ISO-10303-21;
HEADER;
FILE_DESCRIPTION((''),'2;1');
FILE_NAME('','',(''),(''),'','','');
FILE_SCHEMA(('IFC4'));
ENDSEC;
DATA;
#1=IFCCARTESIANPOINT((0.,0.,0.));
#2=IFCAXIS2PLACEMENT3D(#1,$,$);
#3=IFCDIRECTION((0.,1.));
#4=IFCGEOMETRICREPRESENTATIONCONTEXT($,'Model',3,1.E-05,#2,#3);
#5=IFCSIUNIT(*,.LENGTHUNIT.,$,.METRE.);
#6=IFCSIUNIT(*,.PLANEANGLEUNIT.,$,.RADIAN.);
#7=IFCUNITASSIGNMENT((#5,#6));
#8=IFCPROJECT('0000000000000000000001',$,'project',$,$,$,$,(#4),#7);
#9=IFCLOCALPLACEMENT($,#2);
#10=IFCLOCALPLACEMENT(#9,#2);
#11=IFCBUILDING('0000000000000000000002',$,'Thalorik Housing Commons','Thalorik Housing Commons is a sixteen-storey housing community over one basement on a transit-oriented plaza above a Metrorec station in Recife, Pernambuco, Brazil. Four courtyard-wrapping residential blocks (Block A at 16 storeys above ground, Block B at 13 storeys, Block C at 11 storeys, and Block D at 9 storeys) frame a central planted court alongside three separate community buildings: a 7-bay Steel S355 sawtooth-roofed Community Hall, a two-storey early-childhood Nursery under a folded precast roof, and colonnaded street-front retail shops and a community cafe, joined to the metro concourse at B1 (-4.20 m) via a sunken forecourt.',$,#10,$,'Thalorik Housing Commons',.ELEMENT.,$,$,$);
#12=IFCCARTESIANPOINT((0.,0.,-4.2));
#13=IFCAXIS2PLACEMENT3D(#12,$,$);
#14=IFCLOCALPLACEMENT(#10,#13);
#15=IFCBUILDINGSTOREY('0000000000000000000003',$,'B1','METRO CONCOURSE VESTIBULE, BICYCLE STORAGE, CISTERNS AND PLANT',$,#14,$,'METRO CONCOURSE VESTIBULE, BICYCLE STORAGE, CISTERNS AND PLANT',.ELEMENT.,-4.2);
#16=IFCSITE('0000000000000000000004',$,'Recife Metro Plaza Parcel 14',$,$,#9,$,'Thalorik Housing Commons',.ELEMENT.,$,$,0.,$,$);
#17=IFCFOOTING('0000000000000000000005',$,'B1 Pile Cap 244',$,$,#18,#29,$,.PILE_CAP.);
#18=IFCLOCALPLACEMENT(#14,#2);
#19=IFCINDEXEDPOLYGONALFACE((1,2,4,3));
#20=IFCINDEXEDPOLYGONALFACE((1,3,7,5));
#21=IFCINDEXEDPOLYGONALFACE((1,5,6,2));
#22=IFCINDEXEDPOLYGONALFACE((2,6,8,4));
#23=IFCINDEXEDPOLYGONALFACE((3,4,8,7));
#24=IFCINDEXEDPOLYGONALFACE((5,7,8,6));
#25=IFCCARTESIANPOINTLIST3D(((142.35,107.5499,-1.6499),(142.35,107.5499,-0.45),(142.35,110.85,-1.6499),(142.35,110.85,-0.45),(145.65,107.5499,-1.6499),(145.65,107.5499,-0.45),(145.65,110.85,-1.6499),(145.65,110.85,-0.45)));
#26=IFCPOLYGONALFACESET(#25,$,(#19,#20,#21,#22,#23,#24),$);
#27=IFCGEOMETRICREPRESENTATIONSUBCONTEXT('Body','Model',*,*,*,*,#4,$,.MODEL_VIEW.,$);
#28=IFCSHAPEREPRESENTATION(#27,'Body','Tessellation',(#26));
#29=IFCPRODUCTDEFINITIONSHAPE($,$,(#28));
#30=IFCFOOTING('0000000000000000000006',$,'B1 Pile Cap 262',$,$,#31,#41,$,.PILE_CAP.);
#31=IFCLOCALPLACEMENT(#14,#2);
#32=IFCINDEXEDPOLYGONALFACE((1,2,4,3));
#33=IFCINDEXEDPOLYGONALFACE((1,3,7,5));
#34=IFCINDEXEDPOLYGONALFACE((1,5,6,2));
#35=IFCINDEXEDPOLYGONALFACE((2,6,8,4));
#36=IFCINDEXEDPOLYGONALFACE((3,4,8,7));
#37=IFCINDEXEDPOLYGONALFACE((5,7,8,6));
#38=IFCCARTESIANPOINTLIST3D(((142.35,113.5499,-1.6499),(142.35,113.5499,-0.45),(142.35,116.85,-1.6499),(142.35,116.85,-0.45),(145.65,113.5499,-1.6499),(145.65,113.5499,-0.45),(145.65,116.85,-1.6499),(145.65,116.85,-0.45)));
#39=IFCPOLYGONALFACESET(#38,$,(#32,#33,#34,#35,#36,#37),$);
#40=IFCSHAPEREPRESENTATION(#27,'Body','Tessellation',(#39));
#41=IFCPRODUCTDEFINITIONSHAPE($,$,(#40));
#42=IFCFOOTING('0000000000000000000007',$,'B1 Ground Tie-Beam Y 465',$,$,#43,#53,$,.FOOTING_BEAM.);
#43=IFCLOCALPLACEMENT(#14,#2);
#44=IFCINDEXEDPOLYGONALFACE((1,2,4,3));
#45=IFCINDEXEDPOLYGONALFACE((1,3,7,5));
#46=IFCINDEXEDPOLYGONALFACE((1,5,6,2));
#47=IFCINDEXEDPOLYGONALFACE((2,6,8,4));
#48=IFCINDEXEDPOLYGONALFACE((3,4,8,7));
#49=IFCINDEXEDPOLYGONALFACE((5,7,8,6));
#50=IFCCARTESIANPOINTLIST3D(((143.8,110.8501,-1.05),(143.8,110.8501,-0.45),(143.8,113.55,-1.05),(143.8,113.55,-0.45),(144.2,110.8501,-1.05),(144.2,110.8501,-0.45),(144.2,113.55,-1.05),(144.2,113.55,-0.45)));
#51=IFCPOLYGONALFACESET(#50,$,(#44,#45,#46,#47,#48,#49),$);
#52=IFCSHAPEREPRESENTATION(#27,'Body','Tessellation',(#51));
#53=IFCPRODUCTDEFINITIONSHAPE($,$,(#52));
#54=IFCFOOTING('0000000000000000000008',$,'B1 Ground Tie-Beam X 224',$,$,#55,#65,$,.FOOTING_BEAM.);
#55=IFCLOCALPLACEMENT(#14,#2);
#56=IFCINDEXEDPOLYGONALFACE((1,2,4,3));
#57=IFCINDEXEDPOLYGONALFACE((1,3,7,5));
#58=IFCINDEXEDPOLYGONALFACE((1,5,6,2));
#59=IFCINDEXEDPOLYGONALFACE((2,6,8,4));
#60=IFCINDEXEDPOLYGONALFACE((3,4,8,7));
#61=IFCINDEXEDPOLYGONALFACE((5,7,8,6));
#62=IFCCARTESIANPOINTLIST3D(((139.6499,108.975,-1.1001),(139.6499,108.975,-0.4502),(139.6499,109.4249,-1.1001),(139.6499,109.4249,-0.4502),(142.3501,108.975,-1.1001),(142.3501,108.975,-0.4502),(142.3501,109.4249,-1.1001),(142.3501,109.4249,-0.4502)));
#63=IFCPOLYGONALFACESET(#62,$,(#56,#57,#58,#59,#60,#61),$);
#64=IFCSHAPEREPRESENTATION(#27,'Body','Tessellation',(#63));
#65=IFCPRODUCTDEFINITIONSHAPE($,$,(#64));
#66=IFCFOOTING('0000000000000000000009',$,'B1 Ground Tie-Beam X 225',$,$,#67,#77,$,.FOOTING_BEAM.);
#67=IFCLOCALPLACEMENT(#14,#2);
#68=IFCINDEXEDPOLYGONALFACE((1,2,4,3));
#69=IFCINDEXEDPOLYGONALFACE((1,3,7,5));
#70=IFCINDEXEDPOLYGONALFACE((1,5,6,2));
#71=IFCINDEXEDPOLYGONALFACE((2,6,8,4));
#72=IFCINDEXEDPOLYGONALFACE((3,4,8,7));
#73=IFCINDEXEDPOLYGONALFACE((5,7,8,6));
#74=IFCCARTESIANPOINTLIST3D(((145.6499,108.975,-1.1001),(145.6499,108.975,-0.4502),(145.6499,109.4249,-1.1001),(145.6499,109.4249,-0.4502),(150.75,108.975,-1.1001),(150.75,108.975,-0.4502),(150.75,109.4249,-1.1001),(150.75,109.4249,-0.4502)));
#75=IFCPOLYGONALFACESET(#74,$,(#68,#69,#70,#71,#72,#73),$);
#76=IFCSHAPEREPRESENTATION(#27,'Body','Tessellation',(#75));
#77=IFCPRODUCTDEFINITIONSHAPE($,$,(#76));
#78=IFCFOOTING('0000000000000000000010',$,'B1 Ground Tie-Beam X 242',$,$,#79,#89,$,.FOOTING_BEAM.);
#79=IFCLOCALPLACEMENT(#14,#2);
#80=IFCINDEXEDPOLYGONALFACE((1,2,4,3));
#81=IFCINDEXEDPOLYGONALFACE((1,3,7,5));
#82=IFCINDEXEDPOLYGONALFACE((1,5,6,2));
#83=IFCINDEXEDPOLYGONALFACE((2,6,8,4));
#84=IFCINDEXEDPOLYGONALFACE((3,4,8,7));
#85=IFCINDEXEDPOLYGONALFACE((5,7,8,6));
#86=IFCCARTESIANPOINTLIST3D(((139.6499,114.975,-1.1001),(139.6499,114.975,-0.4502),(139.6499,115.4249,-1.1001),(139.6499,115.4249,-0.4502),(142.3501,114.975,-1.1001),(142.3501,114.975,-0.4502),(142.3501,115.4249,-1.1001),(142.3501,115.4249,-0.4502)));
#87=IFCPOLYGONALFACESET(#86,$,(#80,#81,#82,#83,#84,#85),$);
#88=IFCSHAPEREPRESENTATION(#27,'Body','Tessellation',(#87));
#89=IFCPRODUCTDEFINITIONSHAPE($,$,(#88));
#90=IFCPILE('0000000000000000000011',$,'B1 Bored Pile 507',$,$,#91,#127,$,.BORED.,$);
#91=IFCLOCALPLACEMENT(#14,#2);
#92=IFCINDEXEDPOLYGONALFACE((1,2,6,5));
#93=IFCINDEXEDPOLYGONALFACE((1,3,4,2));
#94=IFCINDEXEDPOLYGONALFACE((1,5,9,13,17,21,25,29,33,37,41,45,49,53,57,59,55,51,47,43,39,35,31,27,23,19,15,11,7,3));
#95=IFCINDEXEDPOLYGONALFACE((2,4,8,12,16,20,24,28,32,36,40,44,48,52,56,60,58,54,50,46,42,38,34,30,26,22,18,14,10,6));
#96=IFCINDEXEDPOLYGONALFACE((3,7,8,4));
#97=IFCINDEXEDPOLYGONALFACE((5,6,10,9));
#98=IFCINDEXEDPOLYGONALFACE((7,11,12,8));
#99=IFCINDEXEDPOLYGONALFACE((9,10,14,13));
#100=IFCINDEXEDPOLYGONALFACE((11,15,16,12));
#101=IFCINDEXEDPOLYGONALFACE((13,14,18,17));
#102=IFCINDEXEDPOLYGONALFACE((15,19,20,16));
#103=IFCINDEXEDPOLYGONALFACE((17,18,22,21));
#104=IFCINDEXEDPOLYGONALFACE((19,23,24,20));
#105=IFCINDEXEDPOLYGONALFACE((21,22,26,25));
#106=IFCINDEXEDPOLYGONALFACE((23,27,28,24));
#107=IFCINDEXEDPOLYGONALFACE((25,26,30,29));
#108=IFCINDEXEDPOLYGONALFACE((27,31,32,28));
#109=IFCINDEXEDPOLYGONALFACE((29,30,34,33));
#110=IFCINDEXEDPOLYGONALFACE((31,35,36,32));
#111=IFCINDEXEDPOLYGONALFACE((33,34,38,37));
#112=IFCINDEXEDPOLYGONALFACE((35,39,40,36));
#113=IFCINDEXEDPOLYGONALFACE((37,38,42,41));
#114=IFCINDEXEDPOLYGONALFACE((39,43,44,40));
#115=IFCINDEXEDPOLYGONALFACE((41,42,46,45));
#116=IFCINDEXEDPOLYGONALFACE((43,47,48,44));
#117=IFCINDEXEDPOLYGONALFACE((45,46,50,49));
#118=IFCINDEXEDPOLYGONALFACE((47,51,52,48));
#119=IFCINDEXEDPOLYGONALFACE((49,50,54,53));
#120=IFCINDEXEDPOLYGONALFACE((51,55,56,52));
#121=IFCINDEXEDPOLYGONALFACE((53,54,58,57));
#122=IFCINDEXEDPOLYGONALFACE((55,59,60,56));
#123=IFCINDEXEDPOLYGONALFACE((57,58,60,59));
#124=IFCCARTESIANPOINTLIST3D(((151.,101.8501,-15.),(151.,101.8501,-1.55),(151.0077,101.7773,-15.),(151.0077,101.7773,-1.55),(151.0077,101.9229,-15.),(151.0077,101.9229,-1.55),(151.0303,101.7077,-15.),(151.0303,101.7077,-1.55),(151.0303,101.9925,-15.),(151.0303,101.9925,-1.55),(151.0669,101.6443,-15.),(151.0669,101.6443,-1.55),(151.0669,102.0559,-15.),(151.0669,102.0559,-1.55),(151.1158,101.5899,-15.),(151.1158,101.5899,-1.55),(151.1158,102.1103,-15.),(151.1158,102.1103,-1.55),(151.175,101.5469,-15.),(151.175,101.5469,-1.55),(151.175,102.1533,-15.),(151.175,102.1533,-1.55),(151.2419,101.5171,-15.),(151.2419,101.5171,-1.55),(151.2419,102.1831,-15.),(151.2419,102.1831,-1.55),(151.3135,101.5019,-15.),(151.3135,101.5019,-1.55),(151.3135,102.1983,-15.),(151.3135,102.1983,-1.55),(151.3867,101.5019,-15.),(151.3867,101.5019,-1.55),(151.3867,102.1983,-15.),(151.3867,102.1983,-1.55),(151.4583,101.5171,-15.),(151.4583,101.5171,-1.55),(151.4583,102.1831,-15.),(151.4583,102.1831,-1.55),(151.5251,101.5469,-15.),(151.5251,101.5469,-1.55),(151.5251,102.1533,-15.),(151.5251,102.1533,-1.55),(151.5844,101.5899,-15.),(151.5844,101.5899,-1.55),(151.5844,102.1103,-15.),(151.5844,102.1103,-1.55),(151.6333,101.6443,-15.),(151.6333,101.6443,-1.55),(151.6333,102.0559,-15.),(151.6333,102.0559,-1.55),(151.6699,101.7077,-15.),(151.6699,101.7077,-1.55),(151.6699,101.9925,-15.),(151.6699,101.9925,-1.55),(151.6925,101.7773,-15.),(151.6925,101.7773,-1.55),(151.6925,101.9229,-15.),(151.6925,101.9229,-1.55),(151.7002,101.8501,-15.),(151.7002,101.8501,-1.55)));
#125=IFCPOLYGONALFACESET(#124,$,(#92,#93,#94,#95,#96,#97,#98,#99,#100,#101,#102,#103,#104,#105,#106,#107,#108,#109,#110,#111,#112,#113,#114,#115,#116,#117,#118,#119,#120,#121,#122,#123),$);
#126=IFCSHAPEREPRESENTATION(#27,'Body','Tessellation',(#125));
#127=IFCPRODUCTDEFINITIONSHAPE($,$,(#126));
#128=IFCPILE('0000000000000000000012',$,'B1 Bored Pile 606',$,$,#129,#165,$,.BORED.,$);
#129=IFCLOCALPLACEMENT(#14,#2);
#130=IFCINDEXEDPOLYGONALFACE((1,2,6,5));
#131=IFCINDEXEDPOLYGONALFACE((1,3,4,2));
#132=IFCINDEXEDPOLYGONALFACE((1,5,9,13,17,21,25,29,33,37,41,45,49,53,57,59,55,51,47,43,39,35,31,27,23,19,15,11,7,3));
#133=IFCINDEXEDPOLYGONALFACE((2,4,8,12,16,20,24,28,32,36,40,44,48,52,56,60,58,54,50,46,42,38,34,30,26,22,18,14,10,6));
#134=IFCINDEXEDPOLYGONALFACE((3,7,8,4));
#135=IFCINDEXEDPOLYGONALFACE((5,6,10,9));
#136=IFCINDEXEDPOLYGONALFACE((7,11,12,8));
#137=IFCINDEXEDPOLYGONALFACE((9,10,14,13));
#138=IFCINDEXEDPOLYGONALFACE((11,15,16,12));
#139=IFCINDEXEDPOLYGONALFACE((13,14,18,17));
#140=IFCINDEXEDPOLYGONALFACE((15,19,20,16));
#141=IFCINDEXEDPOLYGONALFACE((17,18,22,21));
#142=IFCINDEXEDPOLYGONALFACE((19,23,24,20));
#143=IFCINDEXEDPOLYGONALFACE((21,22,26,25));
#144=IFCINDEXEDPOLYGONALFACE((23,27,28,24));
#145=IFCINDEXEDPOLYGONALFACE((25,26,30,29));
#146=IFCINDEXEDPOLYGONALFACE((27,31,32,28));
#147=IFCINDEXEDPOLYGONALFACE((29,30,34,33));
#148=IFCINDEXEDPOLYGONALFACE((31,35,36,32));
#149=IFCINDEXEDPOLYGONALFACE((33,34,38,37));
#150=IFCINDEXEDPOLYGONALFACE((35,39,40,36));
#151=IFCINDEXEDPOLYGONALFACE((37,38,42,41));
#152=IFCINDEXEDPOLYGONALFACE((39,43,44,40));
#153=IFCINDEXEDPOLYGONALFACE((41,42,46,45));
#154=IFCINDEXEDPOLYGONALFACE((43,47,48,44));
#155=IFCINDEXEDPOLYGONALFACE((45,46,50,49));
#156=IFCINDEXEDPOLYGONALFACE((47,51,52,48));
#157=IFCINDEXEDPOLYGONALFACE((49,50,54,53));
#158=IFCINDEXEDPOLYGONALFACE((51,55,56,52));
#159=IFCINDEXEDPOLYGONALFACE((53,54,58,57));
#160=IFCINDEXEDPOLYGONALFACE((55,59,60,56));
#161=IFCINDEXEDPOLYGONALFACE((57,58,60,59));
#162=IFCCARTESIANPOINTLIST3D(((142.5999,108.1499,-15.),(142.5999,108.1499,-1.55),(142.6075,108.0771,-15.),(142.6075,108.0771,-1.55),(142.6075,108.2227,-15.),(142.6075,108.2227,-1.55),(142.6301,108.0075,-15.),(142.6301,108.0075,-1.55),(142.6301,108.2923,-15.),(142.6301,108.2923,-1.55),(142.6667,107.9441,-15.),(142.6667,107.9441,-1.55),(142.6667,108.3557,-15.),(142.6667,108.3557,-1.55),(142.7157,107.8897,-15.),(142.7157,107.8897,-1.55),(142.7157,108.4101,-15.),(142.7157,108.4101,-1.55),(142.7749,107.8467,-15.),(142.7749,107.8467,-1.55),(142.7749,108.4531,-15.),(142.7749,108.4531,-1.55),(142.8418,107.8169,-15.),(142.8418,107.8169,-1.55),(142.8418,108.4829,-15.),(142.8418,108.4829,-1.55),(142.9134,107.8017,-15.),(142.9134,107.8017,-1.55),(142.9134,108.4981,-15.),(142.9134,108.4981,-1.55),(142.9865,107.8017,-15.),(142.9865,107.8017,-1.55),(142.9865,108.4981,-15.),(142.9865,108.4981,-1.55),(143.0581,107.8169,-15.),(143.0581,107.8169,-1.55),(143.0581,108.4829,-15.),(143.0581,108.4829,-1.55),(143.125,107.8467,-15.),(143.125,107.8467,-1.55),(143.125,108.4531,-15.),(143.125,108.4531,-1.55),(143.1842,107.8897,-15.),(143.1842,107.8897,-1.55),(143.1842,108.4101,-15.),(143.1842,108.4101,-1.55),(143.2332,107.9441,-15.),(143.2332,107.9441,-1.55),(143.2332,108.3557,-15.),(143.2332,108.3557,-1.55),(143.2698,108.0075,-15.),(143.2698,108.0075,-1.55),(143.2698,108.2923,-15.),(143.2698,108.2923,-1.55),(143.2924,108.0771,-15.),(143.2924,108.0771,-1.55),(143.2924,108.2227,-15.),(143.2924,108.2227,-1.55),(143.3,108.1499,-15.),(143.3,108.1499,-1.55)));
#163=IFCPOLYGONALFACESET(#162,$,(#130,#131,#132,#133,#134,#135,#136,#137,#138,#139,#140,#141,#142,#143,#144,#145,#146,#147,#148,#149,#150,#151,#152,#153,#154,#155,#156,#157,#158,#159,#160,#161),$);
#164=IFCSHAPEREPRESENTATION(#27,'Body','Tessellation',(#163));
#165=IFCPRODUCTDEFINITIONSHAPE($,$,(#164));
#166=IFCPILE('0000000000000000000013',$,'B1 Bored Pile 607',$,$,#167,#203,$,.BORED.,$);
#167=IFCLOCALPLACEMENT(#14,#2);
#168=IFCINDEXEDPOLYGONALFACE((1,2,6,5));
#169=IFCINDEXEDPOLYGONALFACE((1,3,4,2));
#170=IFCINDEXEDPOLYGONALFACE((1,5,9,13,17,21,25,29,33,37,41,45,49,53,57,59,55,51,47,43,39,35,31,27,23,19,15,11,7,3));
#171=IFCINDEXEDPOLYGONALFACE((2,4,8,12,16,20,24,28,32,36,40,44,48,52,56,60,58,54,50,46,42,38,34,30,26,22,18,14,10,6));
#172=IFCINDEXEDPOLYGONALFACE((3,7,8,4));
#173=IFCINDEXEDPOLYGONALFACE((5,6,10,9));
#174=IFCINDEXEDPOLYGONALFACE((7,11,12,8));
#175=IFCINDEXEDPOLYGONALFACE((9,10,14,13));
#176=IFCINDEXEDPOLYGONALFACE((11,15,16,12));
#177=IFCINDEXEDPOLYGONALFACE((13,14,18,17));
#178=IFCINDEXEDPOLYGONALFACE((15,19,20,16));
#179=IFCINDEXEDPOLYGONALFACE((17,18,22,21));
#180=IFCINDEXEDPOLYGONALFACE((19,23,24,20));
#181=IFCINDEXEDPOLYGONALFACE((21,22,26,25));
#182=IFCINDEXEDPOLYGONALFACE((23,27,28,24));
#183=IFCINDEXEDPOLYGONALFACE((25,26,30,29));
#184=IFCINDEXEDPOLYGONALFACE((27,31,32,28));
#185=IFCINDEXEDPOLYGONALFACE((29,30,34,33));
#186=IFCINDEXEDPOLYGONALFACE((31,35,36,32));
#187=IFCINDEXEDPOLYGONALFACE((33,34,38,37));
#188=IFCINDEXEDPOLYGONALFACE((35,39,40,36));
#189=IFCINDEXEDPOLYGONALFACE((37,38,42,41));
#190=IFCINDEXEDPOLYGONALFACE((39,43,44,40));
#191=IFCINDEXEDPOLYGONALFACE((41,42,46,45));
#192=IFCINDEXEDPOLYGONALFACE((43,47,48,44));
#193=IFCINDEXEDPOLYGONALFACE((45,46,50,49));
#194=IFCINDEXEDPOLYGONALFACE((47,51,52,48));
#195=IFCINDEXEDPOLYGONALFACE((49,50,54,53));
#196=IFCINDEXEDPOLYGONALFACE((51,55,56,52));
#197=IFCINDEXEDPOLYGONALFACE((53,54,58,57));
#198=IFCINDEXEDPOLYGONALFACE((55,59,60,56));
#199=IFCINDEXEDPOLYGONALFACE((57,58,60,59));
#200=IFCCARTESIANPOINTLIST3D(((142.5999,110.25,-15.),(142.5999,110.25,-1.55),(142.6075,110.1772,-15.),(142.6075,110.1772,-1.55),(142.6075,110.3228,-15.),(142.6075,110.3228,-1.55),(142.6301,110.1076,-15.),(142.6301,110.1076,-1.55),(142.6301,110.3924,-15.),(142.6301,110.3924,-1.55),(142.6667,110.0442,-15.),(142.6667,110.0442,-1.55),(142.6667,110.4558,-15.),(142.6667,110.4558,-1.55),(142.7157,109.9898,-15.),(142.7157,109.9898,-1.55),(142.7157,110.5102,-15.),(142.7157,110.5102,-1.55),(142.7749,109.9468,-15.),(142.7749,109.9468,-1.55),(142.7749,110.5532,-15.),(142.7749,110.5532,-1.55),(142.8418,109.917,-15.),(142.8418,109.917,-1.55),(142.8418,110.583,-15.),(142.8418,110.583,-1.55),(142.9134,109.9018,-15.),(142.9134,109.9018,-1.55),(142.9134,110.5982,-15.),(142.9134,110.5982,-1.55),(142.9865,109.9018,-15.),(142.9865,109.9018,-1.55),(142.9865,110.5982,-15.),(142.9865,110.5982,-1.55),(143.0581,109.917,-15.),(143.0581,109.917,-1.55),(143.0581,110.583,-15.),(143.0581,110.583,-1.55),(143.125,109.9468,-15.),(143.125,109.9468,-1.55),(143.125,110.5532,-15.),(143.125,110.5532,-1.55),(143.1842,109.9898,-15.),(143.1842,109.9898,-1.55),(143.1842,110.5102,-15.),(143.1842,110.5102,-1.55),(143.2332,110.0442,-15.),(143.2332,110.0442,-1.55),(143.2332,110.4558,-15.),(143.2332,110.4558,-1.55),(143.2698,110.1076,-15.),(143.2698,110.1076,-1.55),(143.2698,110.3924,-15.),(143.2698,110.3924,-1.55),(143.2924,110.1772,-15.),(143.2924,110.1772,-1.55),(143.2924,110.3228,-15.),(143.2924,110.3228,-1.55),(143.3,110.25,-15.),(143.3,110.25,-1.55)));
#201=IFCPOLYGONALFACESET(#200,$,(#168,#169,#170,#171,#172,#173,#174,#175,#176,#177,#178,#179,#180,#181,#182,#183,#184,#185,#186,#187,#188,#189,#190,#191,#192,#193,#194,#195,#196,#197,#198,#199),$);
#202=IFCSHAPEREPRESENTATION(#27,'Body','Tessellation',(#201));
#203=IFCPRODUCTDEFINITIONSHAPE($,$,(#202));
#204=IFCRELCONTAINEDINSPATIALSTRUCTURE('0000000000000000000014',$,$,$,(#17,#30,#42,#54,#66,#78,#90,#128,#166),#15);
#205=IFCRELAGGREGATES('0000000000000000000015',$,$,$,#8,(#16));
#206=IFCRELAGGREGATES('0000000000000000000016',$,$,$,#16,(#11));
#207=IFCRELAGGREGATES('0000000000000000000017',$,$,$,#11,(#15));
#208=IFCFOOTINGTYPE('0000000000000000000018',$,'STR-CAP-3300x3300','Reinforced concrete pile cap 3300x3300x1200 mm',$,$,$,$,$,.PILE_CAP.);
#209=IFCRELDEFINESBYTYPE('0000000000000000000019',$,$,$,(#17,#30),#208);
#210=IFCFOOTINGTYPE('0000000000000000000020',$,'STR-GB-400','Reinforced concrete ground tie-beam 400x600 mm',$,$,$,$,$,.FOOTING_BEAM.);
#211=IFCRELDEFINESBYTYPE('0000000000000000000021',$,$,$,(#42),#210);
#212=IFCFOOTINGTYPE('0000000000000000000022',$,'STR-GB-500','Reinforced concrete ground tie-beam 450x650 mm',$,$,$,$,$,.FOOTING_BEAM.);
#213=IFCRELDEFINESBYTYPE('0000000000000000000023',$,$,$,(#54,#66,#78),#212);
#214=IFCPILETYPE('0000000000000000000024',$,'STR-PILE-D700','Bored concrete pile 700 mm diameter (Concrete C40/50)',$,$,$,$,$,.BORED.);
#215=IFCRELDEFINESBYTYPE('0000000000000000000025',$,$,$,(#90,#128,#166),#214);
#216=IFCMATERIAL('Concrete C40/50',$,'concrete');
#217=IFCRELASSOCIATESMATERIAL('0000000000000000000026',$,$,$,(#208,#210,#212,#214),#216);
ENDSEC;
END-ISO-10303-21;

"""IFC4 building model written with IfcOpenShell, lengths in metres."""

from ifc_helpers import new_model, si_unit, direction, frame, origin, origin_2d, place, context, subcontext, project, spatial, rectangle, circle, extrude, material, material_profile, profile_set, type_object, element, save


model = new_model("IFC4")

# Units and contexts
model_context = context("Model", 3, precision=1e-05, world=origin(), true_north=direction((0.0, 1.0)))
body_context = subcontext(model_context, "Body", "Model", "MODEL_VIEW")
ifc_project = project(units=[si_unit("LENGTHUNIT", "METRE"), si_unit("PLANEANGLEUNIT", "RADIAN")], contexts=[model_context])

# Site, building, storey
site_placement = place(None, origin())
site = spatial("IfcSite", under=ifc_project, at=site_placement, Name="Recife Metro Plaza Parcel 14", LongName="Thalorik Housing Commons", CompositionType="ELEMENT", RefElevation=0.0)
building_placement = place(site_placement, origin())
building = spatial("IfcBuilding", under=site, at=building_placement, Name="Thalorik Housing Commons", Description="Thalorik Housing Commons is a sixteen-storey housing community over one basement on a transit-oriented plaza above a Metrorec station in Recife, Pernambuco, Brazil. Four courtyard-wrapping residential blocks (Block A at 16 storeys above ground, Block B at 13 storeys, Block C at 11 storeys, and Block D at 9 storeys) frame a central planted court alongside three separate community buildings: a 7-bay Steel S355 sawtooth-roofed Community Hall, a two-storey early-childhood Nursery under a folded precast roof, and colonnaded street-front retail shops and a community cafe, joined to the metro concourse at B1 (-4.20 m) via a sunken forecourt.", LongName="Thalorik Housing Commons", CompositionType="ELEMENT")
storey_placement = place(building_placement, frame((0.0, 0.0, -4.2)))
storey = spatial("IfcBuildingStorey", under=building, at=storey_placement, Name="B1", Description="METRO CONCOURSE VESTIBULE, BICYCLE STORAGE, CISTERNS AND PLANT", LongName="METRO CONCOURSE VESTIBULE, BICYCLE STORAGE, CISTERNS AND PLANT", CompositionType="ELEMENT", Elevation=-4.2)

# Footings
ifc_material_1 = material(Name="Concrete C40/50", Category="concrete")
footing_type_1 = type_object("IfcFootingType", Name="STR-CAP-3300x3300", Description="Reinforced concrete pile cap 3300x3300x1200 mm", PredefinedType="PILE_CAP", material=ifc_material_1)
for number, where, z_axis, x_axis, name in (
    (1, (144.0, 109.2, -1.6499), (0.0, 0.0, 1.0), (1.0, 0.0, 0.0), "B1 Pile Cap 244"),
    (2, (144.0, 115.2, -1.6499), (0.0, 0.0, 1.0), (1.0, 0.0, 0.0), "B1 Pile Cap 262"),
):
    element("IfcFooting", number, at=place(storey_placement, frame(where, z_axis=z_axis, x_axis=x_axis)), inside=storey, type_object=footing_type_1, Name=name, PredefinedType="PILE_CAP", context=body_context, shape_type="SweptSolid", body=[
        extrude(rectangle(XDim=3.3, YDim=3.3, at=origin_2d()), origin(), (0.0, 0.0, 1.0), 1.2),
    ])
ifc_material_profile_1 = material_profile(ifc_material_1, rectangle(XDim=0.3999, YDim=0.6001, at=origin_2d()), Name="RC 400x600", Category="concrete")
ifc_profile_set_1 = profile_set([ifc_material_profile_1], Name="Concrete C40/50")
footing_type_2 = type_object("IfcFootingType", Name="STR-GB-400", Description="Reinforced concrete ground tie-beam 400x600 mm", PredefinedType="FOOTING_BEAM", material=ifc_profile_set_1)
footing_1_placement = place(storey_placement, frame((144.0, 110.8501, -0.75), z_axis=(0.0, 1.0, 0.0), x_axis=(-1.0, 0.0, 0.0)))
element("IfcFooting", 3, at=footing_1_placement, inside=storey, type_object=footing_type_2, Name="B1 Ground Tie-Beam Y 465", PredefinedType="FOOTING_BEAM", context=body_context, shape_type="SweptSolid", body=[
    extrude(rectangle(XDim=0.3999, YDim=0.6001, at=origin_2d()), origin(), (0.0, 0.0, 1.0), 2.7),
])
ifc_material_profile_2 = material_profile(ifc_material_1, rectangle(XDim=0.45, YDim=0.6499, at=origin_2d()), Name="RC 450x650", Category="concrete")
ifc_profile_set_2 = profile_set([ifc_material_profile_2], Name="Concrete C40/50")
footing_type_3 = type_object("IfcFootingType", Name="STR-GB-500", Description="Reinforced concrete ground tie-beam 450x650 mm", PredefinedType="FOOTING_BEAM", material=ifc_profile_set_2)
footing_2_placement = place(storey_placement, frame((139.6499, 109.2, -0.7751), z_axis=(1.0, 0.0, 0.0), x_axis=(0.0, 1.0, 0.0)))
element("IfcFooting", 4, at=footing_2_placement, inside=storey, type_object=footing_type_3, Name="B1 Ground Tie-Beam X 224", PredefinedType="FOOTING_BEAM", context=body_context, shape_type="SweptSolid", body=[
    extrude(rectangle(XDim=0.45, YDim=0.6499, at=origin_2d()), origin(), (0.0, 0.0, 1.0), 2.7002),
])
footing_3_placement = place(storey_placement, frame((145.6499, 109.2, -0.7751), z_axis=(1.0, 0.0, 0.0), x_axis=(0.0, 1.0, 0.0)))
element("IfcFooting", 5, at=footing_3_placement, inside=storey, type_object=footing_type_3, Name="B1 Ground Tie-Beam X 225", PredefinedType="FOOTING_BEAM", context=body_context, shape_type="SweptSolid", body=[
    extrude(rectangle(XDim=0.45, YDim=0.6499, at=origin_2d()), origin(), (0.0, 0.0, 1.0), 5.1001),
])
footing_4_placement = place(storey_placement, frame((139.6499, 115.2, -0.7751), z_axis=(1.0, 0.0, 0.0), x_axis=(0.0, 1.0, 0.0)))
element("IfcFooting", 6, at=footing_4_placement, inside=storey, type_object=footing_type_3, Name="B1 Ground Tie-Beam X 242", PredefinedType="FOOTING_BEAM", context=body_context, shape_type="SweptSolid", body=[
    extrude(rectangle(XDim=0.45, YDim=0.6499, at=origin_2d()), origin(), (0.0, 0.0, 1.0), 2.7002),
])

# Piles
ifc_material_profile_3 = material_profile(ifc_material_1, circle(Radius=0.3501, at=origin_2d()), Name="BORED PILE D700", Category="concrete")
ifc_profile_set_3 = profile_set([ifc_material_profile_3], Name="Concrete C40/50")
pile_type_1 = type_object("IfcPileType", Name="STR-PILE-D700", Description="Bored concrete pile 700 mm diameter (Concrete C40/50)", PredefinedType="BORED", material=ifc_profile_set_3)
for number, where, z_axis, x_axis, name in (
    (7, (151.3501, 101.8501, -1.55), (0.0, 0.0, -1.0), (1.0, 0.0, 0.0), "B1 Bored Pile 507"),
    (8, (142.95, 108.1499, -1.55), (0.0, 0.0, -1.0), (1.0, 0.0, 0.0), "B1 Bored Pile 606"),
    (9, (142.95, 110.25, -1.55), (0.0, 0.0, -1.0), (1.0, 0.0, 0.0), "B1 Bored Pile 607"),
):
    element("IfcPile", number, at=place(storey_placement, frame(where, z_axis=z_axis, x_axis=x_axis)), inside=storey, type_object=pile_type_1, Name=name, PredefinedType="BORED", context=body_context, shape_type="SweptSolid", body=[
        extrude(circle(Radius=0.3501, at=origin_2d()), origin(), (0.0, 0.0, 1.0), 13.45),
    ])

save(model, "model.ifc")
